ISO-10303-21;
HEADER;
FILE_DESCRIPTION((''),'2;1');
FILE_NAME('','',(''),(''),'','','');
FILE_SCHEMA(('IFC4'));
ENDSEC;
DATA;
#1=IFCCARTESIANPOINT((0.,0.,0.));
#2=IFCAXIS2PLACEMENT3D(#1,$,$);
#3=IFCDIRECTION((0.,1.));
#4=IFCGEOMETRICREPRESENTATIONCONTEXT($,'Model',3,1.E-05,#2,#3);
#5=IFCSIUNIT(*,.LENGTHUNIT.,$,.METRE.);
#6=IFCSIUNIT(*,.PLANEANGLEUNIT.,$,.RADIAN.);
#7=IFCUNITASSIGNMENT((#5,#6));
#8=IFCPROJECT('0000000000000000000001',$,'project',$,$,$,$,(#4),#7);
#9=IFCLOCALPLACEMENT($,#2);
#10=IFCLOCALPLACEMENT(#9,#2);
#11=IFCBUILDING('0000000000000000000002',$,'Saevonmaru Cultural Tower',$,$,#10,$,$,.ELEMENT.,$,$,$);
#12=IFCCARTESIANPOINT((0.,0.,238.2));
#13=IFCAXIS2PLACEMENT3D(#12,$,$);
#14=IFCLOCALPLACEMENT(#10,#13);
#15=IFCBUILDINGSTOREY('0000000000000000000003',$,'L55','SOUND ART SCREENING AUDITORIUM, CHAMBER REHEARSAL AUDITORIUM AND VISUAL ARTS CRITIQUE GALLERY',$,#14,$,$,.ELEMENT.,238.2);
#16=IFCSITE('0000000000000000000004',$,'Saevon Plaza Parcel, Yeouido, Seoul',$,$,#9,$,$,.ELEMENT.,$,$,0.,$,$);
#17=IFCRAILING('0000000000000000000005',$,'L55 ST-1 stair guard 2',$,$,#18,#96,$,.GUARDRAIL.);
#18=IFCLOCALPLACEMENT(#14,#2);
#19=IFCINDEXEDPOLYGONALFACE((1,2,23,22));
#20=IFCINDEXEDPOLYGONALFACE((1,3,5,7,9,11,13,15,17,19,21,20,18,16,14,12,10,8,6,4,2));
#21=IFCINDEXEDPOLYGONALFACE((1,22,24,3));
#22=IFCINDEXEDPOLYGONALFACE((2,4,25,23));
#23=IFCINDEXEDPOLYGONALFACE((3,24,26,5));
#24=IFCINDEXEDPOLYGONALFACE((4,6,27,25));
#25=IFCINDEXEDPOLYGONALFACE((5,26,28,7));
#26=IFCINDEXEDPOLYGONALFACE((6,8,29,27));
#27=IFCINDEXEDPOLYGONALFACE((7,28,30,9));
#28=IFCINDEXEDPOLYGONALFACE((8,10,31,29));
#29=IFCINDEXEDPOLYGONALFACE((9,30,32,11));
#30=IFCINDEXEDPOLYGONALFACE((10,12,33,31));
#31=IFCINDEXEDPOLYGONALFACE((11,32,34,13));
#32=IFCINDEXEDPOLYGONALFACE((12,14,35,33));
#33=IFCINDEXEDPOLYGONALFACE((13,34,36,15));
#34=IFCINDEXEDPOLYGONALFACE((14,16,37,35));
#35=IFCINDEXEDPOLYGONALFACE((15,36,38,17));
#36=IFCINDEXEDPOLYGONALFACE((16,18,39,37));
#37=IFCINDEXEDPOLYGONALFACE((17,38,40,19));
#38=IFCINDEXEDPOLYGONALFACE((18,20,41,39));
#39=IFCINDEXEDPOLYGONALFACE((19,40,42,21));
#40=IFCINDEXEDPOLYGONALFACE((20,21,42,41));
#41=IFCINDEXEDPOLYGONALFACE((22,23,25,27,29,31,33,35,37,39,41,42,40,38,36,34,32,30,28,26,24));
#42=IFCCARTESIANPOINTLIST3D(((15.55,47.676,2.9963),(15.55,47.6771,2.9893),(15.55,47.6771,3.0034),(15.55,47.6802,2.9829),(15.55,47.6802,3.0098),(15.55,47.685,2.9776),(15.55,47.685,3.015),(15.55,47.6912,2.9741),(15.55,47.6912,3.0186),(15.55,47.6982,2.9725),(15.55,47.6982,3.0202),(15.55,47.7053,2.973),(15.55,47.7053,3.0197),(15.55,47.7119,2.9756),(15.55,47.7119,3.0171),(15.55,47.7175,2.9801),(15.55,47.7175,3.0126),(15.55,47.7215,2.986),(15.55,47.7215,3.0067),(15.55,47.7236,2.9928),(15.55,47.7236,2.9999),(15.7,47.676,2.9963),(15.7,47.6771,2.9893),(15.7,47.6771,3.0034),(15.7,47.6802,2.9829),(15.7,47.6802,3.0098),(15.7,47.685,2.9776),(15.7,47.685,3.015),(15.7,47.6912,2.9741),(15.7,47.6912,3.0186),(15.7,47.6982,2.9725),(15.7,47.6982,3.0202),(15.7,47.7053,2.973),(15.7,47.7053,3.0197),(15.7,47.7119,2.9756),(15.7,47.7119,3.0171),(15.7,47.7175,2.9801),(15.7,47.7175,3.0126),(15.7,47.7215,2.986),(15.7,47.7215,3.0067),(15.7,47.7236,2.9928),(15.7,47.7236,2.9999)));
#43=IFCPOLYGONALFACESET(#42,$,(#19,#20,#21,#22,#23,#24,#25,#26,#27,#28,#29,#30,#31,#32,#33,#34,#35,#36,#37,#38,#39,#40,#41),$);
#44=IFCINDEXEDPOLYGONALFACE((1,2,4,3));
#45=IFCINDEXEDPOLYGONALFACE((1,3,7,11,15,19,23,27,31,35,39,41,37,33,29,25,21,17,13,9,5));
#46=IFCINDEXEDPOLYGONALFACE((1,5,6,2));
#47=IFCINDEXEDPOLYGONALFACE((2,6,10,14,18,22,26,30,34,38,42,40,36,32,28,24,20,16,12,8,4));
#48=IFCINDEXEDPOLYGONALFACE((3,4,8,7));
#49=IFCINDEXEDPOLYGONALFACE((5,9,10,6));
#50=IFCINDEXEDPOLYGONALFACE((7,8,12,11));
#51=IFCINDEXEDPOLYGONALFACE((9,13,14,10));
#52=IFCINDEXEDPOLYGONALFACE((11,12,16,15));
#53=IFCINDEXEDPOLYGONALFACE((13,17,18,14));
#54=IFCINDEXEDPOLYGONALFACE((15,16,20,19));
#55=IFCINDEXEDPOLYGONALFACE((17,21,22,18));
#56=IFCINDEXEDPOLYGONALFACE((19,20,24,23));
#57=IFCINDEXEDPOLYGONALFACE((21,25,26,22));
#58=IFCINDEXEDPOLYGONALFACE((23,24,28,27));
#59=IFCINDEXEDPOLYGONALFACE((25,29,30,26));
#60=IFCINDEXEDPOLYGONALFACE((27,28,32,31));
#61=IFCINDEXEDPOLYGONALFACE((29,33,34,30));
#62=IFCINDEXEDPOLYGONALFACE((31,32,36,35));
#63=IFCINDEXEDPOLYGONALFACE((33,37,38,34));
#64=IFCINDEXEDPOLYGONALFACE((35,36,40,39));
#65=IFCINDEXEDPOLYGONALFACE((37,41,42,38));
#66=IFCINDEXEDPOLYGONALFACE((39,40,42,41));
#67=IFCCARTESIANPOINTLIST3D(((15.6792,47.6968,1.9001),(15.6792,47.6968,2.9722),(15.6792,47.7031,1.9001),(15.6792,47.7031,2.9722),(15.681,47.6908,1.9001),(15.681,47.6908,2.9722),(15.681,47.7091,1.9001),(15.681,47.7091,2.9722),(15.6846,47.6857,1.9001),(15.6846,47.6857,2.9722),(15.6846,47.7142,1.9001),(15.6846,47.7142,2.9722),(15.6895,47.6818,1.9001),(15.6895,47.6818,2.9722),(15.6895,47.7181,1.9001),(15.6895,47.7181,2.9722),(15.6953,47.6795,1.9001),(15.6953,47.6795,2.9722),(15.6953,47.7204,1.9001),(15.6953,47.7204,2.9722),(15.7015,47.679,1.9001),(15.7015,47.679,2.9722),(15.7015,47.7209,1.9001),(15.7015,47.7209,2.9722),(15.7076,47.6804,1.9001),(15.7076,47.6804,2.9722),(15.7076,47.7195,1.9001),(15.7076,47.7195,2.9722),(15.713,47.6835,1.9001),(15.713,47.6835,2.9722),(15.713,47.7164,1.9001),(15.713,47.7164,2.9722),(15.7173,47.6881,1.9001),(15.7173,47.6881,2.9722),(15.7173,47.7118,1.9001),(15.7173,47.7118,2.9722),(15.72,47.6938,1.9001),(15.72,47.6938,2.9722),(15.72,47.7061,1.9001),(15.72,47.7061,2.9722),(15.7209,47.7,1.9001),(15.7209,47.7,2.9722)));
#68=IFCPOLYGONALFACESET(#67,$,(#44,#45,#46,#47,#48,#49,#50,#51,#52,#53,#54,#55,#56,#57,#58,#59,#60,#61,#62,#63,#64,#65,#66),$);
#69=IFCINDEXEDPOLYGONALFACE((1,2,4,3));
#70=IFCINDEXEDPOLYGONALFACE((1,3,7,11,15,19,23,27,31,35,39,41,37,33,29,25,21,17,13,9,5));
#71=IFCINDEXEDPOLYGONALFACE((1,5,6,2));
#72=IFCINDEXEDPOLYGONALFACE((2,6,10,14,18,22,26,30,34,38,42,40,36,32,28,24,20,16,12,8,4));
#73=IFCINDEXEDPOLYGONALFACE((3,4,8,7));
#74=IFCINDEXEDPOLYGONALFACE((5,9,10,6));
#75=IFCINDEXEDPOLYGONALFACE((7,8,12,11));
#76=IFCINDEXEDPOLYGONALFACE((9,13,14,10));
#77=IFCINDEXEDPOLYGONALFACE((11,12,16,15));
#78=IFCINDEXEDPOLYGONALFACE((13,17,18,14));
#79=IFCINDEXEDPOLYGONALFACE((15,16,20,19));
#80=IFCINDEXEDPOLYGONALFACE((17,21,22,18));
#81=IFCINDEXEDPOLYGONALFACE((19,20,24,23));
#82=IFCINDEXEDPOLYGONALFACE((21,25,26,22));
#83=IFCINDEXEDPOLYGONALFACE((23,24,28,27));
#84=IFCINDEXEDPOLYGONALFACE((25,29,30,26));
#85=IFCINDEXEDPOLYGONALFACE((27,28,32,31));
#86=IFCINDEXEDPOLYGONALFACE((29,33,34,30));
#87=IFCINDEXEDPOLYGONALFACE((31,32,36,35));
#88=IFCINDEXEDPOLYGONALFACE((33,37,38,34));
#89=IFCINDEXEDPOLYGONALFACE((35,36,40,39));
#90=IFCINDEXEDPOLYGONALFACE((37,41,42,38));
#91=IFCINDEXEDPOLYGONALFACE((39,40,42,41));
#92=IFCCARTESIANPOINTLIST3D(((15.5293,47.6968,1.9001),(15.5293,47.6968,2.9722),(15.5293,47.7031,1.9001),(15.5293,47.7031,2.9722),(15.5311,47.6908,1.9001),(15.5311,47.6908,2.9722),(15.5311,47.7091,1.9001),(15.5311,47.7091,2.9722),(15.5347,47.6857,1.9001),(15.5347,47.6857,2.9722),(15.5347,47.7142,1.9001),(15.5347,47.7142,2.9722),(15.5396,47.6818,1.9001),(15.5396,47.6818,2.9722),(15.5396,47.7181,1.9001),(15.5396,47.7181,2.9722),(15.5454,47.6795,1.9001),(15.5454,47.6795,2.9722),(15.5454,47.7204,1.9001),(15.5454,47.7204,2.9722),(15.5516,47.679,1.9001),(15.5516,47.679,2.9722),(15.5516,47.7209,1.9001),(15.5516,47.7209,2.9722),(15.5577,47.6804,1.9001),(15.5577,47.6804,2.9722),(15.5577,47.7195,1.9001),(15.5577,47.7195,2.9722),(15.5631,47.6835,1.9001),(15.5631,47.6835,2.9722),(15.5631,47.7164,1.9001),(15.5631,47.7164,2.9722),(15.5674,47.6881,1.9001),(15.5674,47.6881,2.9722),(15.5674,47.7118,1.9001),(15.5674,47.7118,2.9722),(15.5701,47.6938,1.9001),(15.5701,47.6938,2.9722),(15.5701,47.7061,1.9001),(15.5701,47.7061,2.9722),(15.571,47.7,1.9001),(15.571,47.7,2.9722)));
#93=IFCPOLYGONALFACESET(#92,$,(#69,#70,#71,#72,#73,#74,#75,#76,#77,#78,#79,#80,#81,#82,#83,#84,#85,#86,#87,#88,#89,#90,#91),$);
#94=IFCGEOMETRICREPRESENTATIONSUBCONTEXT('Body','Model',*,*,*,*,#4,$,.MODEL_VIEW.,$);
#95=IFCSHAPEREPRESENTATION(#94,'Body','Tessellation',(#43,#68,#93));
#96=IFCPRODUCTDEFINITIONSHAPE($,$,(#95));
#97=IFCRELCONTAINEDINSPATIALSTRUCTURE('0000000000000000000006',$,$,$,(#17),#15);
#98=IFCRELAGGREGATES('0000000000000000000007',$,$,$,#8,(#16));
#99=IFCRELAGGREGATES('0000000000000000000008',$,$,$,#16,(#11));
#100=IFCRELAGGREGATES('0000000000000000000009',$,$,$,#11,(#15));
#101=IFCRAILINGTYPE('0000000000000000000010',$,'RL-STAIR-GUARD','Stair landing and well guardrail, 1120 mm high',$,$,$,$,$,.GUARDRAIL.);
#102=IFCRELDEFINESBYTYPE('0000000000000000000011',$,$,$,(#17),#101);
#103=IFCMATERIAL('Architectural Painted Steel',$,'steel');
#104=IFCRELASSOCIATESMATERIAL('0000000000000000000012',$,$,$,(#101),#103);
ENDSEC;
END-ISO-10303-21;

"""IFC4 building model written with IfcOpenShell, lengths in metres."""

from ifc_helpers import new_model, si_unit, direction, frame, origin, origin_2d, place, context, subcontext, project, spatial, circle, extrude, material, type_object, element, save


model = new_model("IFC4")

# Units and contexts
model_context = context("Model", 3, precision=1e-05, world=origin(), true_north=direction((0.0, 1.0)))
body_context = subcontext(model_context, "Body", "Model", "MODEL_VIEW")
ifc_project = project(units=[si_unit("LENGTHUNIT", "METRE"), si_unit("PLANEANGLEUNIT", "RADIAN")], contexts=[model_context])

# Site, building, storey
site_placement = place(None, origin())
site = spatial("IfcSite", under=ifc_project, at=site_placement, Name="Saevon Plaza Parcel, Yeouido, Seoul", CompositionType="ELEMENT", RefElevation=0.0)
building_placement = place(site_placement, origin())
building = spatial("IfcBuilding", under=site, at=building_placement, Name="Saevonmaru Cultural Tower", CompositionType="ELEMENT")
storey_placement = place(building_placement, frame((0.0, 0.0, 238.2)))
storey = spatial("IfcBuildingStorey", under=building, at=storey_placement, Name="L55", Description="SOUND ART SCREENING AUDITORIUM, CHAMBER REHEARSAL AUDITORIUM AND VISUAL ARTS CRITIQUE GALLERY", CompositionType="ELEMENT", Elevation=238.2)

# Railing
ifc_material_1 = material(Name="Architectural Painted Steel", Category="steel")
railing_type_1 = type_object("IfcRailingType", Name="RL-STAIR-GUARD", Description="Stair landing and well guardrail, 1120 mm high", PredefinedType="GUARDRAIL", material=ifc_material_1)
railing_1_placement = place(storey_placement, frame((15.7, 47.7, 1.9001)))
element("IfcRailing", 1, at=railing_1_placement, inside=storey, type_object=railing_type_1, Name="L55 ST-1 stair guard 2", PredefinedType="GUARDRAIL", context=body_context, shape_type="SweptSolid", body=[
    extrude(circle(Radius=0.0239, at=origin_2d()), frame((0.0, 0.0, 1.0962), z_axis=(-1.0, 0.0, 0.0), x_axis=(0.0, -1.0, 0.0)), (0.0, 0.0, 1.0), 0.1499),
    extrude(circle(Radius=0.021, at=origin_2d()), origin(), (0.0, 0.0, 1.0), 1.072),
    extrude(circle(Radius=0.021, at=origin_2d()), frame((-0.1499, 0.0, 0.0)), (0.0, 0.0, 1.0), 1.072),
])

save(model, "model.ifc")
